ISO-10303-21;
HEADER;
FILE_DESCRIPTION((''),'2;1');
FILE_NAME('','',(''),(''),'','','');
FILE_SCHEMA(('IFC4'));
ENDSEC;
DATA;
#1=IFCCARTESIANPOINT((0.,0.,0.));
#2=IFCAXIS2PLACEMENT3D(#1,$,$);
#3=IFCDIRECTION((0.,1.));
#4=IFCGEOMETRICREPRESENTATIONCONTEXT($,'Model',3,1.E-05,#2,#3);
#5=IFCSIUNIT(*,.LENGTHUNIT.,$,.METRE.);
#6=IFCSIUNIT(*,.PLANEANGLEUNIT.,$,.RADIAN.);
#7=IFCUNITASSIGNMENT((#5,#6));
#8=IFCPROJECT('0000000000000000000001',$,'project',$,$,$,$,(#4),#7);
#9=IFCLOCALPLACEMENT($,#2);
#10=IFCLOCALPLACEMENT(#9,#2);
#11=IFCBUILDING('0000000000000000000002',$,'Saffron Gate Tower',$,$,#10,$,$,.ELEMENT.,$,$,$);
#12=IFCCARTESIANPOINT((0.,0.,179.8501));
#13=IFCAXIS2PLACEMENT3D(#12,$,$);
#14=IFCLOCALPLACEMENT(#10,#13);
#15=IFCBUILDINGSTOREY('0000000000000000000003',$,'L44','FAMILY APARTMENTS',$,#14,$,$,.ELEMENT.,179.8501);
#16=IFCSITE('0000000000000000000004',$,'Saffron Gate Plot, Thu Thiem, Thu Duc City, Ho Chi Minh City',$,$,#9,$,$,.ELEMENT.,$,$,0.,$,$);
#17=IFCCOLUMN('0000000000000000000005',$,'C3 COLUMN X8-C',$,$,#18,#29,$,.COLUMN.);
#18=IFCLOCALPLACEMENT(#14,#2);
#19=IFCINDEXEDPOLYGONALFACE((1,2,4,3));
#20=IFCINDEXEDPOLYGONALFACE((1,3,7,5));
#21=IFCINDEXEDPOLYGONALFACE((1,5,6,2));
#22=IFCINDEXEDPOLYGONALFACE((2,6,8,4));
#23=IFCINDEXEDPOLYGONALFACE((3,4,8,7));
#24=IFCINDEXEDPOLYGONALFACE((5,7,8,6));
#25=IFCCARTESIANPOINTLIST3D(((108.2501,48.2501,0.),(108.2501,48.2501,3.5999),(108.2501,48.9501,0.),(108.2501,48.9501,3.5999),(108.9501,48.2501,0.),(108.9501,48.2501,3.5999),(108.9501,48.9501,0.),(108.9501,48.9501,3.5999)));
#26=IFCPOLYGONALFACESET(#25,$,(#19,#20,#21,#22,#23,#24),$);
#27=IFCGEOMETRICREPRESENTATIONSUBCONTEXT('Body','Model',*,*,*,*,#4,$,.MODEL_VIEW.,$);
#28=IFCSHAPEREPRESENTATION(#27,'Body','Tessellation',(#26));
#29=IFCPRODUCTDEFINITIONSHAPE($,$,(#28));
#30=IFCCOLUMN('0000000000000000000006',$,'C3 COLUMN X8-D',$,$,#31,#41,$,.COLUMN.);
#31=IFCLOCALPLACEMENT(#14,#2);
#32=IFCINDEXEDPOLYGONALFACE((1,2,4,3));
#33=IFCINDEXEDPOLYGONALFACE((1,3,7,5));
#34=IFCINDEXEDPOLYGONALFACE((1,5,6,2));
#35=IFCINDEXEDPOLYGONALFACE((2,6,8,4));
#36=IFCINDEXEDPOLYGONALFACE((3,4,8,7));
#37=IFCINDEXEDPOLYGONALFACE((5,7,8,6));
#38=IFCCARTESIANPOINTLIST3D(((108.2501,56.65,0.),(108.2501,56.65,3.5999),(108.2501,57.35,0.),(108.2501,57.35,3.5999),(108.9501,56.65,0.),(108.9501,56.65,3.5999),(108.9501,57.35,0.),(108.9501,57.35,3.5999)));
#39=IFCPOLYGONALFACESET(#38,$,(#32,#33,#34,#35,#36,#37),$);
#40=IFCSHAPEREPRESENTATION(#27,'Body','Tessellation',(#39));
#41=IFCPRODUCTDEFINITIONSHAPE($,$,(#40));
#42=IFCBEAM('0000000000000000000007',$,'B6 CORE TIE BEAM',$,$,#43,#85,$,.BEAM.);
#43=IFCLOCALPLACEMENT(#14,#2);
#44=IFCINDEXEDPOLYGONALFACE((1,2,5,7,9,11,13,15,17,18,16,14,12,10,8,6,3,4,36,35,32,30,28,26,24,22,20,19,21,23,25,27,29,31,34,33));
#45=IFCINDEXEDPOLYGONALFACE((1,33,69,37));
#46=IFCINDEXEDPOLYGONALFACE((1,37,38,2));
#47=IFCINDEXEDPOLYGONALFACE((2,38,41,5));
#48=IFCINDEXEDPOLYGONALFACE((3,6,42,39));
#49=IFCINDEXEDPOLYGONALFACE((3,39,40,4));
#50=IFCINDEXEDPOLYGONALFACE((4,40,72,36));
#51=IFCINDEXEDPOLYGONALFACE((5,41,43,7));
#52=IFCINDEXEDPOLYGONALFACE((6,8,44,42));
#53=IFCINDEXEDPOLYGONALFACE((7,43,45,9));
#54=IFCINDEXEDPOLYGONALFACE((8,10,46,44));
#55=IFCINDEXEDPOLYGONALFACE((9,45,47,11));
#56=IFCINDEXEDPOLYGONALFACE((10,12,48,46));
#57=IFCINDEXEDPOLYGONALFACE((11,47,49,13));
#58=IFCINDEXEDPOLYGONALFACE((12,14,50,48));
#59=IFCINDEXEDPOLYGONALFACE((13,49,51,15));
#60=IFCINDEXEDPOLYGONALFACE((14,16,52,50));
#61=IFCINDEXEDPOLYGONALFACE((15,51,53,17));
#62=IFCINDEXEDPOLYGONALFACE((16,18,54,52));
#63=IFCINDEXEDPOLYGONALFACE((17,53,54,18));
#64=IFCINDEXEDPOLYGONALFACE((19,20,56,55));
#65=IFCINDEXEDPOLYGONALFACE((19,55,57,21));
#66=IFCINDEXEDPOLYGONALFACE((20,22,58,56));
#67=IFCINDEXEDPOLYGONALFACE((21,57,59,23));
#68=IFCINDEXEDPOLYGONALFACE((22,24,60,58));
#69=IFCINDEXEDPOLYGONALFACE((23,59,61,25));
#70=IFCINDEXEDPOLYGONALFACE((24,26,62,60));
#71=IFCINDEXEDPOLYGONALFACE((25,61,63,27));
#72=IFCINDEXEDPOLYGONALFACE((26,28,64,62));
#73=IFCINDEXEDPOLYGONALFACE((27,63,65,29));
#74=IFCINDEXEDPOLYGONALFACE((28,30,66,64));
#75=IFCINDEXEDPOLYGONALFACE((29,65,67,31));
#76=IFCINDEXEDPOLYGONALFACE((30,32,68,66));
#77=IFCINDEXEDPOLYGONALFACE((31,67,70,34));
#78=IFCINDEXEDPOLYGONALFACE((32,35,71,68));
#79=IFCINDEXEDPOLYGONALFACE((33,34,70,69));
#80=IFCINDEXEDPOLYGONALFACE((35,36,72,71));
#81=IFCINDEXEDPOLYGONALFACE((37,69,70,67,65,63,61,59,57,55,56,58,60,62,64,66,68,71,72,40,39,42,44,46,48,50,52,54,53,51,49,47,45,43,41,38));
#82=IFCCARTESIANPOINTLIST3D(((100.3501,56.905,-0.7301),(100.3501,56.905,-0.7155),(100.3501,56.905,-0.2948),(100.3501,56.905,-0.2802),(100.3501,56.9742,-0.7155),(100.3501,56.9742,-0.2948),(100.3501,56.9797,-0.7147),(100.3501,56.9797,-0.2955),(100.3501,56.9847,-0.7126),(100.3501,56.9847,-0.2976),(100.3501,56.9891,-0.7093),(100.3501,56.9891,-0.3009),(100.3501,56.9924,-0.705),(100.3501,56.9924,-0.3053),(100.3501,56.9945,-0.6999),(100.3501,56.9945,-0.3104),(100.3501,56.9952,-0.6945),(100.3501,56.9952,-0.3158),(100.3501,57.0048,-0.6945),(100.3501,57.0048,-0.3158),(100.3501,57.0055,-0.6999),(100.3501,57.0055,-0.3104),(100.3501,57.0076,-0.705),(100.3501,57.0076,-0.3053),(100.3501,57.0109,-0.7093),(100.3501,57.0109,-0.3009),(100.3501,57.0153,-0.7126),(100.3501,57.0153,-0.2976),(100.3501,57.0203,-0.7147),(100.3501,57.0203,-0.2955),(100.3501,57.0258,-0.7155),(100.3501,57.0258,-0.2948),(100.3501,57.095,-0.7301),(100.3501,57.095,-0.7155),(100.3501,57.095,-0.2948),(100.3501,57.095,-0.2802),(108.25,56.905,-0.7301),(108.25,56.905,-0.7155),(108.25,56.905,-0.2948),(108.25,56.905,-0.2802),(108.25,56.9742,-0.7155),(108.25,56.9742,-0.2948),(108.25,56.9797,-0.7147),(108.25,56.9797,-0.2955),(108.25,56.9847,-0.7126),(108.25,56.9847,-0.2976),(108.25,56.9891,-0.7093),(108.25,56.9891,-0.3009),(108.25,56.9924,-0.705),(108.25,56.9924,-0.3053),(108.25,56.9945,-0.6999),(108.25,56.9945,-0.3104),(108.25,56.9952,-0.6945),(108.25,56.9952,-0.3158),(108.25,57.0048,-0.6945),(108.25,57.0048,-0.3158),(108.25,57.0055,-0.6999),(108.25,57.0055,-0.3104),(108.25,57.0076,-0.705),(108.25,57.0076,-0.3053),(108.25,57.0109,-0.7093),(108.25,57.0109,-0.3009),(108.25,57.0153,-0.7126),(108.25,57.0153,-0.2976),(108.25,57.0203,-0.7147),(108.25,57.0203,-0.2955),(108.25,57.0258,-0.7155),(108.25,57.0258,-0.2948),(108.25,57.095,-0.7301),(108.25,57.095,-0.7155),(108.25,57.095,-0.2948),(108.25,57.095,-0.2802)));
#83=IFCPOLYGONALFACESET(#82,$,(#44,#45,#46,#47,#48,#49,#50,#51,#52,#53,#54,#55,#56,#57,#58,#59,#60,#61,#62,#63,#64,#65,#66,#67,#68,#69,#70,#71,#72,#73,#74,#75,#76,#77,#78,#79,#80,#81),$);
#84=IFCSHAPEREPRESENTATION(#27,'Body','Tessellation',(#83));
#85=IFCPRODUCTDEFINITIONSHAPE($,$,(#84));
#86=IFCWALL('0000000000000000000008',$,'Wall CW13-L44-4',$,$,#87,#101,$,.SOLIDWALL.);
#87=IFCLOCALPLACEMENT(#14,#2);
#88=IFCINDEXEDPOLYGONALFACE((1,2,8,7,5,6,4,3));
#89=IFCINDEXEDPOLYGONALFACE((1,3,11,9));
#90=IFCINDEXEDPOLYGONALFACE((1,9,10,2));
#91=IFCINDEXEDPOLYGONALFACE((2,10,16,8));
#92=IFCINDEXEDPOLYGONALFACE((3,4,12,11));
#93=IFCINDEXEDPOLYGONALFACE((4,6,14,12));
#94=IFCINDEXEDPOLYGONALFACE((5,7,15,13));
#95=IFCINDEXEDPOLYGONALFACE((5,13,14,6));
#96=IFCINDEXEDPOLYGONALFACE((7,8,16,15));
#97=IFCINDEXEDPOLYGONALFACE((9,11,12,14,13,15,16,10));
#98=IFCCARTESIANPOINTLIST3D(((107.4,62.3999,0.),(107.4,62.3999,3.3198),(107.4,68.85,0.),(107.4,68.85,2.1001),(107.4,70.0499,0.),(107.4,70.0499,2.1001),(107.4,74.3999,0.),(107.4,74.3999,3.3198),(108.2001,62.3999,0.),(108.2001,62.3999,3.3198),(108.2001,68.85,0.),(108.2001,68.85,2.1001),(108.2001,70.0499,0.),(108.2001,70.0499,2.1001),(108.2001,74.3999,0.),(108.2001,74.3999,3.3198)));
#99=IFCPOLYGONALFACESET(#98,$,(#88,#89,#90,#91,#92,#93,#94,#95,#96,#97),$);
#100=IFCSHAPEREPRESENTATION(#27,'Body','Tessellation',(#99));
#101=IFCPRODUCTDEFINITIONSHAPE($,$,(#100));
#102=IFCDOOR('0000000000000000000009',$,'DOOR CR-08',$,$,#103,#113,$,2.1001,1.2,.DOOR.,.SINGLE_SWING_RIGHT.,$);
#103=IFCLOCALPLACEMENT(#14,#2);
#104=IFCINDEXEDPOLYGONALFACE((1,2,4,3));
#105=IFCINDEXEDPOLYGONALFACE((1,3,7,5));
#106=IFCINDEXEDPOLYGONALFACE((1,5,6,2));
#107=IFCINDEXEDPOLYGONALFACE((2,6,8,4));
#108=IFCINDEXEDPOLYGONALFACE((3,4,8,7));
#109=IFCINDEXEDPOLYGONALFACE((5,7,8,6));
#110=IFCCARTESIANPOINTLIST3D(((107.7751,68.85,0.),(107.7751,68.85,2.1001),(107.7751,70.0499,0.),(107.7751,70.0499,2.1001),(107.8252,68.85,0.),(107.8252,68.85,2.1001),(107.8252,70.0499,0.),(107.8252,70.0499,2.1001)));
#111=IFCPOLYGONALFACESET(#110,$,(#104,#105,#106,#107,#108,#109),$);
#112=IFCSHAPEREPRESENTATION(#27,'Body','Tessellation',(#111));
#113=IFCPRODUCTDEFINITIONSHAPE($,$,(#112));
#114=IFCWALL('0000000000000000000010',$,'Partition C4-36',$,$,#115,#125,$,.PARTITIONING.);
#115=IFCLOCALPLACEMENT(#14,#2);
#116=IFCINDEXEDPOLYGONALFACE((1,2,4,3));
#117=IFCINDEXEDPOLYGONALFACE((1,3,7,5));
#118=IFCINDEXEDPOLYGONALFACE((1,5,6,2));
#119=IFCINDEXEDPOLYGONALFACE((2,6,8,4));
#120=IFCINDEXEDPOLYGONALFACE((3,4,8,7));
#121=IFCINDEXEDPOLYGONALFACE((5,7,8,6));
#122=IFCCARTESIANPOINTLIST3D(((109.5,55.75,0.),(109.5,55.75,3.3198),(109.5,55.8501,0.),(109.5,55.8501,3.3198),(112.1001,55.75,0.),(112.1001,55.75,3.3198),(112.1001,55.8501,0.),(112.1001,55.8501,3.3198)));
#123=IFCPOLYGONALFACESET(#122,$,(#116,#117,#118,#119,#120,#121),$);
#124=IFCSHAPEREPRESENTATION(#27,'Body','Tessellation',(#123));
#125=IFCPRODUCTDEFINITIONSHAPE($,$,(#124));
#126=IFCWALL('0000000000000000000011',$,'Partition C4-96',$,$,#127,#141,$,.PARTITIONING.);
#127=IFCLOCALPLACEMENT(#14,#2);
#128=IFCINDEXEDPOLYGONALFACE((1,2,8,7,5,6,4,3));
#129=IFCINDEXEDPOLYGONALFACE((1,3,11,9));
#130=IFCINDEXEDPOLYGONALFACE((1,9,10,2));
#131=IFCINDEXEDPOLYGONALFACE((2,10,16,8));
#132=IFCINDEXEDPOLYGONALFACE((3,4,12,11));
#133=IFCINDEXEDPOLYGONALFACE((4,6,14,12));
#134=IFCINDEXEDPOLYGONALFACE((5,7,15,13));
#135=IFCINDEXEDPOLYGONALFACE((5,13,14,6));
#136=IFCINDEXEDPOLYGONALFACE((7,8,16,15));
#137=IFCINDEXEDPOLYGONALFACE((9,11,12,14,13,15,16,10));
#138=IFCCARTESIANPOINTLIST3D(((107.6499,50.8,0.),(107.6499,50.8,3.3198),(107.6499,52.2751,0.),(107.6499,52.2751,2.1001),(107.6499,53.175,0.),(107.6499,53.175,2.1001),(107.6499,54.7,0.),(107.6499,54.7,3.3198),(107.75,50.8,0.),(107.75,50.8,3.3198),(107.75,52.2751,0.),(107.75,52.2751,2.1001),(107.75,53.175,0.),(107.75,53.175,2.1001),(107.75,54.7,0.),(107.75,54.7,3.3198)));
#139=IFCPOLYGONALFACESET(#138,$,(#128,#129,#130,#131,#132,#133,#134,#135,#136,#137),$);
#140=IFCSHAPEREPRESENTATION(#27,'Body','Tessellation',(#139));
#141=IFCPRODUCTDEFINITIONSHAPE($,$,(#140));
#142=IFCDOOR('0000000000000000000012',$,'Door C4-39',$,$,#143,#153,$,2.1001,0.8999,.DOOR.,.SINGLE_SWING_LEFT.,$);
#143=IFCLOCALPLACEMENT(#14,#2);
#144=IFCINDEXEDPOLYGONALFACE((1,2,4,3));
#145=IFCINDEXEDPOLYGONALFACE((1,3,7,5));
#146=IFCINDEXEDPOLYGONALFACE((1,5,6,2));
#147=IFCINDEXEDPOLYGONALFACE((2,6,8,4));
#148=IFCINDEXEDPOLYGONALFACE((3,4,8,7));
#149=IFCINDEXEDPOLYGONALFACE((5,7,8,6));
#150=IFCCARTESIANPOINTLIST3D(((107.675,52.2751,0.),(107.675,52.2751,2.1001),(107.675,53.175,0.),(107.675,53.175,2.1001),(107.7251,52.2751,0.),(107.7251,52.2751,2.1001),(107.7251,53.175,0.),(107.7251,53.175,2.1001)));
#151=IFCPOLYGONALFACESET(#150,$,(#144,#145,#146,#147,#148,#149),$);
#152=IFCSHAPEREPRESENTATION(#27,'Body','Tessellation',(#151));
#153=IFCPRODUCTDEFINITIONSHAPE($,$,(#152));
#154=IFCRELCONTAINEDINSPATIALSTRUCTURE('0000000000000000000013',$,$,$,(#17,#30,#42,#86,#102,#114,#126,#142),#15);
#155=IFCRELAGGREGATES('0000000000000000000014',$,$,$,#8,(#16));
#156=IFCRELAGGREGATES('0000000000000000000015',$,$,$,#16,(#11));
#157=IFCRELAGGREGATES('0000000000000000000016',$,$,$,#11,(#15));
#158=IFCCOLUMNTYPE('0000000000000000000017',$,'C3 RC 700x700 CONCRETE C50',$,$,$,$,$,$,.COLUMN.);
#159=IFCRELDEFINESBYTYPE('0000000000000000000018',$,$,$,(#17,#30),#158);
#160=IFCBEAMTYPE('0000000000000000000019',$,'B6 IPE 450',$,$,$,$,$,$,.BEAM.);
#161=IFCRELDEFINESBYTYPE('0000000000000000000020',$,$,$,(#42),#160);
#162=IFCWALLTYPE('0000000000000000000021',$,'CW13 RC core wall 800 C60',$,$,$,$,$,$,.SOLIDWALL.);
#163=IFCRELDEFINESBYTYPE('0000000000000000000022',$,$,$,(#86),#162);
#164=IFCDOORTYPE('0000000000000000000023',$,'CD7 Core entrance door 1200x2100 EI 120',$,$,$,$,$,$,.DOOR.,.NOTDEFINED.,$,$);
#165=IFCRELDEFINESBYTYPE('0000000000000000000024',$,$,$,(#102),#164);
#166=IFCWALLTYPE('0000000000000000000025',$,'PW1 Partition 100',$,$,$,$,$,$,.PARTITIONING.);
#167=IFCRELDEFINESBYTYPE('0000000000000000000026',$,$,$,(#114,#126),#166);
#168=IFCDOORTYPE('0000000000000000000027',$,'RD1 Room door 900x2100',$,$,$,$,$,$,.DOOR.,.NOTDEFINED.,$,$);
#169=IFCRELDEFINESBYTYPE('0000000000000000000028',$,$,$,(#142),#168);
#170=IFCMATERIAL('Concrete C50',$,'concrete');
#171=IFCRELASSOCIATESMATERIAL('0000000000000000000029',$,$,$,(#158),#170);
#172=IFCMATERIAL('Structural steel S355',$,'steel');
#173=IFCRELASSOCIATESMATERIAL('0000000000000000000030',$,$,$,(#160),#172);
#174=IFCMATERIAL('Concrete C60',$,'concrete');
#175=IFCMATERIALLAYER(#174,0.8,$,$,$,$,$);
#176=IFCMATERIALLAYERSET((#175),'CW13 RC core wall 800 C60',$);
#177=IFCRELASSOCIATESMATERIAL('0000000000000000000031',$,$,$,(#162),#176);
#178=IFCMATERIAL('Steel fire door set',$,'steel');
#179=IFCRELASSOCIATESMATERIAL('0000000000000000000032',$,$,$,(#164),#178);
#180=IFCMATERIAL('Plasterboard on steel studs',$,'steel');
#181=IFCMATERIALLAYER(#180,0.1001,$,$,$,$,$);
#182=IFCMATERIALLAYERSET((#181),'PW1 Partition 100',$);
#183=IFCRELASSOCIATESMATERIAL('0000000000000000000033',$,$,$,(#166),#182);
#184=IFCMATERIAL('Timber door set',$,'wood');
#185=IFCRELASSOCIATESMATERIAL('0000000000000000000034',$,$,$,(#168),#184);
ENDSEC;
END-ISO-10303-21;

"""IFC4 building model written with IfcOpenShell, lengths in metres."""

from ifc_helpers import new_model, si_unit, direction, frame, frame_2d, origin, origin_2d, place, context, subcontext, project, spatial, rectangle, i_section, extrude, material, layer, layer_set, material_profile, profile_set, type_object, element, fill, save


model = new_model("IFC4")

# Units and contexts
model_context = context("Model", 3, precision=1e-05, world=origin(), true_north=direction((0.0, 1.0)))
body_context = subcontext(model_context, "Body", "Model", "MODEL_VIEW")
ifc_project = project(units=[si_unit("LENGTHUNIT", "METRE"), si_unit("PLANEANGLEUNIT", "RADIAN")], contexts=[model_context])

# Site, building, storey
site_placement = place(None, origin())
site = spatial("IfcSite", under=ifc_project, at=site_placement, Name="Saffron Gate Plot, Thu Thiem, Thu Duc City, Ho Chi Minh City", CompositionType="ELEMENT", RefElevation=0.0)
building_placement = place(site_placement, origin())
building = spatial("IfcBuilding", under=site, at=building_placement, Name="Saffron Gate Tower", CompositionType="ELEMENT")
storey_placement = place(building_placement, frame((0.0, 0.0, 179.8501)))
storey = spatial("IfcBuildingStorey", under=building, at=storey_placement, Name="L44", Description="FAMILY APARTMENTS", CompositionType="ELEMENT", Elevation=179.8501)

# Columns
ifc_material_1 = material(Name="Concrete C50", Category="concrete")
ifc_material_profile_1 = material_profile(ifc_material_1, rectangle(XDim=0.7, YDim=0.7, at=origin_2d()))
ifc_profile_set_1 = profile_set([ifc_material_profile_1], Name="Concrete C50")
column_type = type_object("IfcColumnType", Name="C3 RC 700x700 CONCRETE C50", PredefinedType="COLUMN", material=ifc_profile_set_1)
for number, where, z_axis, x_axis, name in (
    (1, (108.6001, 48.6001, 0.0), (0.0, 0.0, 1.0), (1.0, 0.0, 0.0), "C3 COLUMN X8-C"),
    (2, (108.6001, 57.0, 0.0), (0.0, 0.0, 1.0), (1.0, 0.0, 0.0), "C3 COLUMN X8-D"),
):
    element("IfcColumn", number, at=place(storey_placement, frame(where, z_axis=z_axis, x_axis=x_axis)), inside=storey, type_object=column_type, Name=name, PredefinedType="COLUMN", context=body_context, shape_type="SweptSolid", body=[
        extrude(rectangle(XDim=0.7, YDim=0.7, at=origin_2d()), origin(), (0.0, 0.0, 1.0), 3.5999),
    ])

# Beam
ifc_material_2 = material(Name="Structural steel S355", Category="steel")
ifc_material_profile_2 = material_profile(ifc_material_2, i_section(OverallWidth=0.1899, OverallDepth=0.45, WebThickness=0.0095, FlangeThickness=0.0146, FilletRadius=0.021, at=origin_2d()))
ifc_profile_set_2 = profile_set([ifc_material_profile_2], Name="Structural steel S355")
beam_type = type_object("IfcBeamType", Name="B6 IPE 450", PredefinedType="BEAM", material=ifc_profile_set_2)
beam_placement = place(storey_placement, frame((108.25, 57.0, -0.5051), z_axis=(-1.0, 0.0, 0.0), x_axis=(0.0, -1.0, 0.0)))
element("IfcBeam", 3, at=beam_placement, inside=storey, type_object=beam_type, Name="B6 CORE TIE BEAM", PredefinedType="BEAM", context=body_context, shape_type="SweptSolid", body=[
    extrude(i_section(OverallWidth=0.1899, OverallDepth=0.45, WebThickness=0.0095, FlangeThickness=0.0146, FilletRadius=0.021, at=origin_2d()), origin(), (0.0, 0.0, 1.0), 7.8999),
])

# Wall, opening, door
ifc_material_3 = material(Name="Concrete C60", Category="concrete")
ifc_layer_1 = layer(ifc_material_3, 0.8)
ifc_layer_set_1 = layer_set([ifc_layer_1], Name="CW13 RC core wall 800 C60")
wall_type_1 = type_object("IfcWallType", Name="CW13 RC core wall 800 C60", PredefinedType="SOLIDWALL", material=ifc_layer_set_1)
wall_1_placement = place(storey_placement, frame((107.8, 62.3999, 0.0), z_axis=(0.0, 0.0, 1.0), x_axis=(0.0, 1.0, 0.0)))
wall_1 = element("IfcWall", 4, at=wall_1_placement, inside=storey, type_object=wall_type_1, Name="Wall CW13-L44-4", PredefinedType="SOLIDWALL", context=body_context, shape_type="SweptSolid", body=[
    extrude(rectangle(XDim=12.0, YDim=0.8, at=frame_2d((6.0, 0.0))), origin(), (0.0, 0.0, 1.0), 3.3198),
])
opening_1_placement = place(wall_1_placement, frame((6.45, 0.0, 0.0)))
opening_1 = element("IfcOpeningElement", 5, at=opening_1_placement, cuts=wall_1, PredefinedType="OPENING", context=body_context, shape_type="SweptSolid", body=[
    extrude(rectangle(XDim=1.2, YDim=2.1001, at=frame_2d((0.6001, 1.05))), frame((0.0, 0.4102, 0.0), z_axis=(0.0, -1.0, 0.0), x_axis=(1.0, 0.0, 0.0)), (0.0, 0.0, 1.0), 0.8201),
])
ifc_material_4 = material(Name="Steel fire door set", Category="steel")
door_type_1 = type_object("IfcDoorType", Name="CD7 Core entrance door 1200x2100 EI 120", OperationType="NOTDEFINED", PredefinedType="DOOR", material=ifc_material_4)
door_1_placement = place(opening_1_placement, origin())
door_1 = element("IfcDoor", 6, at=door_1_placement, inside=storey, type_object=door_type_1, Name="DOOR CR-08", OperationType="SINGLE_SWING_RIGHT", OverallHeight=2.1001, OverallWidth=1.2, PredefinedType="DOOR", context=body_context, shape_type="SweptSolid", body=[
    extrude(rectangle(XDim=1.2, YDim=2.1001, at=frame_2d((0.6001, 1.05))), frame((0.0, 0.0249, 0.0), z_axis=(0.0, -1.0, 0.0), x_axis=(1.0, 0.0, 0.0)), (0.0, 0.0, 1.0), 0.05),
])
fill(opening_1, door_1)

# Wall
ifc_material_5 = material(Name="Plasterboard on steel studs", Category="steel")
ifc_layer_2 = layer(ifc_material_5, 0.1001)
ifc_layer_set_2 = layer_set([ifc_layer_2], Name="PW1 Partition 100")
wall_type_2 = type_object("IfcWallType", Name="PW1 Partition 100", PredefinedType="PARTITIONING", material=ifc_layer_set_2)
wall_2_placement = place(storey_placement, frame((109.5, 55.8, 0.0), z_axis=(0.0, 0.0, 1.0), x_axis=(1.0, 0.0, 0.0)))
element("IfcWall", 7, at=wall_2_placement, inside=storey, type_object=wall_type_2, Name="Partition C4-36", PredefinedType="PARTITIONING", context=body_context, shape_type="SweptSolid", body=[
    extrude(rectangle(XDim=2.6001, YDim=0.1001, at=frame_2d((1.3, 0.0))), origin(), (0.0, 0.0, 1.0), 3.3198),
])

# Wall, opening, door
wall_3_placement = place(storey_placement, frame((107.7, 50.8, 0.0), z_axis=(0.0, 0.0, 1.0), x_axis=(0.0, 1.0, 0.0)))
wall_3 = element("IfcWall", 8, at=wall_3_placement, inside=storey, type_object=wall_type_2, Name="Partition C4-96", PredefinedType="PARTITIONING", context=body_context, shape_type="SweptSolid", body=[
    extrude(rectangle(XDim=3.8999, YDim=0.1001, at=frame_2d((1.95, 0.0))), origin(), (0.0, 0.0, 1.0), 3.3198),
])
opening_2_placement = place(wall_3_placement, frame((1.4751, 0.0, 0.0)))
opening_2 = element("IfcOpeningElement", 9, at=opening_2_placement, cuts=wall_3, PredefinedType="OPENING", context=body_context, shape_type="SweptSolid", body=[
    extrude(rectangle(XDim=0.8999, YDim=2.1001, at=frame_2d((0.45, 1.05))), frame((0.0, 0.0601, 0.0), z_axis=(0.0, -1.0, 0.0), x_axis=(1.0, 0.0, 0.0)), (0.0, 0.0, 1.0), 0.1201),
])
ifc_material_6 = material(Name="Timber door set", Category="wood")
door_type_2 = type_object("IfcDoorType", Name="RD1 Room door 900x2100", OperationType="NOTDEFINED", PredefinedType="DOOR", material=ifc_material_6)
door_2_placement = place(opening_2_placement, origin())
door_2 = element("IfcDoor", 10, at=door_2_placement, inside=storey, type_object=door_type_2, Name="Door C4-39", OperationType="SINGLE_SWING_LEFT", OverallHeight=2.1001, OverallWidth=0.8999, PredefinedType="DOOR", context=body_context, shape_type="SweptSolid", body=[
    extrude(rectangle(XDim=0.8999, YDim=2.1001, at=frame_2d((0.45, 1.05))), frame((0.0, 0.0249, 0.0), z_axis=(0.0, -1.0, 0.0), x_axis=(1.0, 0.0, 0.0)), (0.0, 0.0, 1.0), 0.05),
])
fill(opening_2, door_2)

save(model, "model.ifc")
